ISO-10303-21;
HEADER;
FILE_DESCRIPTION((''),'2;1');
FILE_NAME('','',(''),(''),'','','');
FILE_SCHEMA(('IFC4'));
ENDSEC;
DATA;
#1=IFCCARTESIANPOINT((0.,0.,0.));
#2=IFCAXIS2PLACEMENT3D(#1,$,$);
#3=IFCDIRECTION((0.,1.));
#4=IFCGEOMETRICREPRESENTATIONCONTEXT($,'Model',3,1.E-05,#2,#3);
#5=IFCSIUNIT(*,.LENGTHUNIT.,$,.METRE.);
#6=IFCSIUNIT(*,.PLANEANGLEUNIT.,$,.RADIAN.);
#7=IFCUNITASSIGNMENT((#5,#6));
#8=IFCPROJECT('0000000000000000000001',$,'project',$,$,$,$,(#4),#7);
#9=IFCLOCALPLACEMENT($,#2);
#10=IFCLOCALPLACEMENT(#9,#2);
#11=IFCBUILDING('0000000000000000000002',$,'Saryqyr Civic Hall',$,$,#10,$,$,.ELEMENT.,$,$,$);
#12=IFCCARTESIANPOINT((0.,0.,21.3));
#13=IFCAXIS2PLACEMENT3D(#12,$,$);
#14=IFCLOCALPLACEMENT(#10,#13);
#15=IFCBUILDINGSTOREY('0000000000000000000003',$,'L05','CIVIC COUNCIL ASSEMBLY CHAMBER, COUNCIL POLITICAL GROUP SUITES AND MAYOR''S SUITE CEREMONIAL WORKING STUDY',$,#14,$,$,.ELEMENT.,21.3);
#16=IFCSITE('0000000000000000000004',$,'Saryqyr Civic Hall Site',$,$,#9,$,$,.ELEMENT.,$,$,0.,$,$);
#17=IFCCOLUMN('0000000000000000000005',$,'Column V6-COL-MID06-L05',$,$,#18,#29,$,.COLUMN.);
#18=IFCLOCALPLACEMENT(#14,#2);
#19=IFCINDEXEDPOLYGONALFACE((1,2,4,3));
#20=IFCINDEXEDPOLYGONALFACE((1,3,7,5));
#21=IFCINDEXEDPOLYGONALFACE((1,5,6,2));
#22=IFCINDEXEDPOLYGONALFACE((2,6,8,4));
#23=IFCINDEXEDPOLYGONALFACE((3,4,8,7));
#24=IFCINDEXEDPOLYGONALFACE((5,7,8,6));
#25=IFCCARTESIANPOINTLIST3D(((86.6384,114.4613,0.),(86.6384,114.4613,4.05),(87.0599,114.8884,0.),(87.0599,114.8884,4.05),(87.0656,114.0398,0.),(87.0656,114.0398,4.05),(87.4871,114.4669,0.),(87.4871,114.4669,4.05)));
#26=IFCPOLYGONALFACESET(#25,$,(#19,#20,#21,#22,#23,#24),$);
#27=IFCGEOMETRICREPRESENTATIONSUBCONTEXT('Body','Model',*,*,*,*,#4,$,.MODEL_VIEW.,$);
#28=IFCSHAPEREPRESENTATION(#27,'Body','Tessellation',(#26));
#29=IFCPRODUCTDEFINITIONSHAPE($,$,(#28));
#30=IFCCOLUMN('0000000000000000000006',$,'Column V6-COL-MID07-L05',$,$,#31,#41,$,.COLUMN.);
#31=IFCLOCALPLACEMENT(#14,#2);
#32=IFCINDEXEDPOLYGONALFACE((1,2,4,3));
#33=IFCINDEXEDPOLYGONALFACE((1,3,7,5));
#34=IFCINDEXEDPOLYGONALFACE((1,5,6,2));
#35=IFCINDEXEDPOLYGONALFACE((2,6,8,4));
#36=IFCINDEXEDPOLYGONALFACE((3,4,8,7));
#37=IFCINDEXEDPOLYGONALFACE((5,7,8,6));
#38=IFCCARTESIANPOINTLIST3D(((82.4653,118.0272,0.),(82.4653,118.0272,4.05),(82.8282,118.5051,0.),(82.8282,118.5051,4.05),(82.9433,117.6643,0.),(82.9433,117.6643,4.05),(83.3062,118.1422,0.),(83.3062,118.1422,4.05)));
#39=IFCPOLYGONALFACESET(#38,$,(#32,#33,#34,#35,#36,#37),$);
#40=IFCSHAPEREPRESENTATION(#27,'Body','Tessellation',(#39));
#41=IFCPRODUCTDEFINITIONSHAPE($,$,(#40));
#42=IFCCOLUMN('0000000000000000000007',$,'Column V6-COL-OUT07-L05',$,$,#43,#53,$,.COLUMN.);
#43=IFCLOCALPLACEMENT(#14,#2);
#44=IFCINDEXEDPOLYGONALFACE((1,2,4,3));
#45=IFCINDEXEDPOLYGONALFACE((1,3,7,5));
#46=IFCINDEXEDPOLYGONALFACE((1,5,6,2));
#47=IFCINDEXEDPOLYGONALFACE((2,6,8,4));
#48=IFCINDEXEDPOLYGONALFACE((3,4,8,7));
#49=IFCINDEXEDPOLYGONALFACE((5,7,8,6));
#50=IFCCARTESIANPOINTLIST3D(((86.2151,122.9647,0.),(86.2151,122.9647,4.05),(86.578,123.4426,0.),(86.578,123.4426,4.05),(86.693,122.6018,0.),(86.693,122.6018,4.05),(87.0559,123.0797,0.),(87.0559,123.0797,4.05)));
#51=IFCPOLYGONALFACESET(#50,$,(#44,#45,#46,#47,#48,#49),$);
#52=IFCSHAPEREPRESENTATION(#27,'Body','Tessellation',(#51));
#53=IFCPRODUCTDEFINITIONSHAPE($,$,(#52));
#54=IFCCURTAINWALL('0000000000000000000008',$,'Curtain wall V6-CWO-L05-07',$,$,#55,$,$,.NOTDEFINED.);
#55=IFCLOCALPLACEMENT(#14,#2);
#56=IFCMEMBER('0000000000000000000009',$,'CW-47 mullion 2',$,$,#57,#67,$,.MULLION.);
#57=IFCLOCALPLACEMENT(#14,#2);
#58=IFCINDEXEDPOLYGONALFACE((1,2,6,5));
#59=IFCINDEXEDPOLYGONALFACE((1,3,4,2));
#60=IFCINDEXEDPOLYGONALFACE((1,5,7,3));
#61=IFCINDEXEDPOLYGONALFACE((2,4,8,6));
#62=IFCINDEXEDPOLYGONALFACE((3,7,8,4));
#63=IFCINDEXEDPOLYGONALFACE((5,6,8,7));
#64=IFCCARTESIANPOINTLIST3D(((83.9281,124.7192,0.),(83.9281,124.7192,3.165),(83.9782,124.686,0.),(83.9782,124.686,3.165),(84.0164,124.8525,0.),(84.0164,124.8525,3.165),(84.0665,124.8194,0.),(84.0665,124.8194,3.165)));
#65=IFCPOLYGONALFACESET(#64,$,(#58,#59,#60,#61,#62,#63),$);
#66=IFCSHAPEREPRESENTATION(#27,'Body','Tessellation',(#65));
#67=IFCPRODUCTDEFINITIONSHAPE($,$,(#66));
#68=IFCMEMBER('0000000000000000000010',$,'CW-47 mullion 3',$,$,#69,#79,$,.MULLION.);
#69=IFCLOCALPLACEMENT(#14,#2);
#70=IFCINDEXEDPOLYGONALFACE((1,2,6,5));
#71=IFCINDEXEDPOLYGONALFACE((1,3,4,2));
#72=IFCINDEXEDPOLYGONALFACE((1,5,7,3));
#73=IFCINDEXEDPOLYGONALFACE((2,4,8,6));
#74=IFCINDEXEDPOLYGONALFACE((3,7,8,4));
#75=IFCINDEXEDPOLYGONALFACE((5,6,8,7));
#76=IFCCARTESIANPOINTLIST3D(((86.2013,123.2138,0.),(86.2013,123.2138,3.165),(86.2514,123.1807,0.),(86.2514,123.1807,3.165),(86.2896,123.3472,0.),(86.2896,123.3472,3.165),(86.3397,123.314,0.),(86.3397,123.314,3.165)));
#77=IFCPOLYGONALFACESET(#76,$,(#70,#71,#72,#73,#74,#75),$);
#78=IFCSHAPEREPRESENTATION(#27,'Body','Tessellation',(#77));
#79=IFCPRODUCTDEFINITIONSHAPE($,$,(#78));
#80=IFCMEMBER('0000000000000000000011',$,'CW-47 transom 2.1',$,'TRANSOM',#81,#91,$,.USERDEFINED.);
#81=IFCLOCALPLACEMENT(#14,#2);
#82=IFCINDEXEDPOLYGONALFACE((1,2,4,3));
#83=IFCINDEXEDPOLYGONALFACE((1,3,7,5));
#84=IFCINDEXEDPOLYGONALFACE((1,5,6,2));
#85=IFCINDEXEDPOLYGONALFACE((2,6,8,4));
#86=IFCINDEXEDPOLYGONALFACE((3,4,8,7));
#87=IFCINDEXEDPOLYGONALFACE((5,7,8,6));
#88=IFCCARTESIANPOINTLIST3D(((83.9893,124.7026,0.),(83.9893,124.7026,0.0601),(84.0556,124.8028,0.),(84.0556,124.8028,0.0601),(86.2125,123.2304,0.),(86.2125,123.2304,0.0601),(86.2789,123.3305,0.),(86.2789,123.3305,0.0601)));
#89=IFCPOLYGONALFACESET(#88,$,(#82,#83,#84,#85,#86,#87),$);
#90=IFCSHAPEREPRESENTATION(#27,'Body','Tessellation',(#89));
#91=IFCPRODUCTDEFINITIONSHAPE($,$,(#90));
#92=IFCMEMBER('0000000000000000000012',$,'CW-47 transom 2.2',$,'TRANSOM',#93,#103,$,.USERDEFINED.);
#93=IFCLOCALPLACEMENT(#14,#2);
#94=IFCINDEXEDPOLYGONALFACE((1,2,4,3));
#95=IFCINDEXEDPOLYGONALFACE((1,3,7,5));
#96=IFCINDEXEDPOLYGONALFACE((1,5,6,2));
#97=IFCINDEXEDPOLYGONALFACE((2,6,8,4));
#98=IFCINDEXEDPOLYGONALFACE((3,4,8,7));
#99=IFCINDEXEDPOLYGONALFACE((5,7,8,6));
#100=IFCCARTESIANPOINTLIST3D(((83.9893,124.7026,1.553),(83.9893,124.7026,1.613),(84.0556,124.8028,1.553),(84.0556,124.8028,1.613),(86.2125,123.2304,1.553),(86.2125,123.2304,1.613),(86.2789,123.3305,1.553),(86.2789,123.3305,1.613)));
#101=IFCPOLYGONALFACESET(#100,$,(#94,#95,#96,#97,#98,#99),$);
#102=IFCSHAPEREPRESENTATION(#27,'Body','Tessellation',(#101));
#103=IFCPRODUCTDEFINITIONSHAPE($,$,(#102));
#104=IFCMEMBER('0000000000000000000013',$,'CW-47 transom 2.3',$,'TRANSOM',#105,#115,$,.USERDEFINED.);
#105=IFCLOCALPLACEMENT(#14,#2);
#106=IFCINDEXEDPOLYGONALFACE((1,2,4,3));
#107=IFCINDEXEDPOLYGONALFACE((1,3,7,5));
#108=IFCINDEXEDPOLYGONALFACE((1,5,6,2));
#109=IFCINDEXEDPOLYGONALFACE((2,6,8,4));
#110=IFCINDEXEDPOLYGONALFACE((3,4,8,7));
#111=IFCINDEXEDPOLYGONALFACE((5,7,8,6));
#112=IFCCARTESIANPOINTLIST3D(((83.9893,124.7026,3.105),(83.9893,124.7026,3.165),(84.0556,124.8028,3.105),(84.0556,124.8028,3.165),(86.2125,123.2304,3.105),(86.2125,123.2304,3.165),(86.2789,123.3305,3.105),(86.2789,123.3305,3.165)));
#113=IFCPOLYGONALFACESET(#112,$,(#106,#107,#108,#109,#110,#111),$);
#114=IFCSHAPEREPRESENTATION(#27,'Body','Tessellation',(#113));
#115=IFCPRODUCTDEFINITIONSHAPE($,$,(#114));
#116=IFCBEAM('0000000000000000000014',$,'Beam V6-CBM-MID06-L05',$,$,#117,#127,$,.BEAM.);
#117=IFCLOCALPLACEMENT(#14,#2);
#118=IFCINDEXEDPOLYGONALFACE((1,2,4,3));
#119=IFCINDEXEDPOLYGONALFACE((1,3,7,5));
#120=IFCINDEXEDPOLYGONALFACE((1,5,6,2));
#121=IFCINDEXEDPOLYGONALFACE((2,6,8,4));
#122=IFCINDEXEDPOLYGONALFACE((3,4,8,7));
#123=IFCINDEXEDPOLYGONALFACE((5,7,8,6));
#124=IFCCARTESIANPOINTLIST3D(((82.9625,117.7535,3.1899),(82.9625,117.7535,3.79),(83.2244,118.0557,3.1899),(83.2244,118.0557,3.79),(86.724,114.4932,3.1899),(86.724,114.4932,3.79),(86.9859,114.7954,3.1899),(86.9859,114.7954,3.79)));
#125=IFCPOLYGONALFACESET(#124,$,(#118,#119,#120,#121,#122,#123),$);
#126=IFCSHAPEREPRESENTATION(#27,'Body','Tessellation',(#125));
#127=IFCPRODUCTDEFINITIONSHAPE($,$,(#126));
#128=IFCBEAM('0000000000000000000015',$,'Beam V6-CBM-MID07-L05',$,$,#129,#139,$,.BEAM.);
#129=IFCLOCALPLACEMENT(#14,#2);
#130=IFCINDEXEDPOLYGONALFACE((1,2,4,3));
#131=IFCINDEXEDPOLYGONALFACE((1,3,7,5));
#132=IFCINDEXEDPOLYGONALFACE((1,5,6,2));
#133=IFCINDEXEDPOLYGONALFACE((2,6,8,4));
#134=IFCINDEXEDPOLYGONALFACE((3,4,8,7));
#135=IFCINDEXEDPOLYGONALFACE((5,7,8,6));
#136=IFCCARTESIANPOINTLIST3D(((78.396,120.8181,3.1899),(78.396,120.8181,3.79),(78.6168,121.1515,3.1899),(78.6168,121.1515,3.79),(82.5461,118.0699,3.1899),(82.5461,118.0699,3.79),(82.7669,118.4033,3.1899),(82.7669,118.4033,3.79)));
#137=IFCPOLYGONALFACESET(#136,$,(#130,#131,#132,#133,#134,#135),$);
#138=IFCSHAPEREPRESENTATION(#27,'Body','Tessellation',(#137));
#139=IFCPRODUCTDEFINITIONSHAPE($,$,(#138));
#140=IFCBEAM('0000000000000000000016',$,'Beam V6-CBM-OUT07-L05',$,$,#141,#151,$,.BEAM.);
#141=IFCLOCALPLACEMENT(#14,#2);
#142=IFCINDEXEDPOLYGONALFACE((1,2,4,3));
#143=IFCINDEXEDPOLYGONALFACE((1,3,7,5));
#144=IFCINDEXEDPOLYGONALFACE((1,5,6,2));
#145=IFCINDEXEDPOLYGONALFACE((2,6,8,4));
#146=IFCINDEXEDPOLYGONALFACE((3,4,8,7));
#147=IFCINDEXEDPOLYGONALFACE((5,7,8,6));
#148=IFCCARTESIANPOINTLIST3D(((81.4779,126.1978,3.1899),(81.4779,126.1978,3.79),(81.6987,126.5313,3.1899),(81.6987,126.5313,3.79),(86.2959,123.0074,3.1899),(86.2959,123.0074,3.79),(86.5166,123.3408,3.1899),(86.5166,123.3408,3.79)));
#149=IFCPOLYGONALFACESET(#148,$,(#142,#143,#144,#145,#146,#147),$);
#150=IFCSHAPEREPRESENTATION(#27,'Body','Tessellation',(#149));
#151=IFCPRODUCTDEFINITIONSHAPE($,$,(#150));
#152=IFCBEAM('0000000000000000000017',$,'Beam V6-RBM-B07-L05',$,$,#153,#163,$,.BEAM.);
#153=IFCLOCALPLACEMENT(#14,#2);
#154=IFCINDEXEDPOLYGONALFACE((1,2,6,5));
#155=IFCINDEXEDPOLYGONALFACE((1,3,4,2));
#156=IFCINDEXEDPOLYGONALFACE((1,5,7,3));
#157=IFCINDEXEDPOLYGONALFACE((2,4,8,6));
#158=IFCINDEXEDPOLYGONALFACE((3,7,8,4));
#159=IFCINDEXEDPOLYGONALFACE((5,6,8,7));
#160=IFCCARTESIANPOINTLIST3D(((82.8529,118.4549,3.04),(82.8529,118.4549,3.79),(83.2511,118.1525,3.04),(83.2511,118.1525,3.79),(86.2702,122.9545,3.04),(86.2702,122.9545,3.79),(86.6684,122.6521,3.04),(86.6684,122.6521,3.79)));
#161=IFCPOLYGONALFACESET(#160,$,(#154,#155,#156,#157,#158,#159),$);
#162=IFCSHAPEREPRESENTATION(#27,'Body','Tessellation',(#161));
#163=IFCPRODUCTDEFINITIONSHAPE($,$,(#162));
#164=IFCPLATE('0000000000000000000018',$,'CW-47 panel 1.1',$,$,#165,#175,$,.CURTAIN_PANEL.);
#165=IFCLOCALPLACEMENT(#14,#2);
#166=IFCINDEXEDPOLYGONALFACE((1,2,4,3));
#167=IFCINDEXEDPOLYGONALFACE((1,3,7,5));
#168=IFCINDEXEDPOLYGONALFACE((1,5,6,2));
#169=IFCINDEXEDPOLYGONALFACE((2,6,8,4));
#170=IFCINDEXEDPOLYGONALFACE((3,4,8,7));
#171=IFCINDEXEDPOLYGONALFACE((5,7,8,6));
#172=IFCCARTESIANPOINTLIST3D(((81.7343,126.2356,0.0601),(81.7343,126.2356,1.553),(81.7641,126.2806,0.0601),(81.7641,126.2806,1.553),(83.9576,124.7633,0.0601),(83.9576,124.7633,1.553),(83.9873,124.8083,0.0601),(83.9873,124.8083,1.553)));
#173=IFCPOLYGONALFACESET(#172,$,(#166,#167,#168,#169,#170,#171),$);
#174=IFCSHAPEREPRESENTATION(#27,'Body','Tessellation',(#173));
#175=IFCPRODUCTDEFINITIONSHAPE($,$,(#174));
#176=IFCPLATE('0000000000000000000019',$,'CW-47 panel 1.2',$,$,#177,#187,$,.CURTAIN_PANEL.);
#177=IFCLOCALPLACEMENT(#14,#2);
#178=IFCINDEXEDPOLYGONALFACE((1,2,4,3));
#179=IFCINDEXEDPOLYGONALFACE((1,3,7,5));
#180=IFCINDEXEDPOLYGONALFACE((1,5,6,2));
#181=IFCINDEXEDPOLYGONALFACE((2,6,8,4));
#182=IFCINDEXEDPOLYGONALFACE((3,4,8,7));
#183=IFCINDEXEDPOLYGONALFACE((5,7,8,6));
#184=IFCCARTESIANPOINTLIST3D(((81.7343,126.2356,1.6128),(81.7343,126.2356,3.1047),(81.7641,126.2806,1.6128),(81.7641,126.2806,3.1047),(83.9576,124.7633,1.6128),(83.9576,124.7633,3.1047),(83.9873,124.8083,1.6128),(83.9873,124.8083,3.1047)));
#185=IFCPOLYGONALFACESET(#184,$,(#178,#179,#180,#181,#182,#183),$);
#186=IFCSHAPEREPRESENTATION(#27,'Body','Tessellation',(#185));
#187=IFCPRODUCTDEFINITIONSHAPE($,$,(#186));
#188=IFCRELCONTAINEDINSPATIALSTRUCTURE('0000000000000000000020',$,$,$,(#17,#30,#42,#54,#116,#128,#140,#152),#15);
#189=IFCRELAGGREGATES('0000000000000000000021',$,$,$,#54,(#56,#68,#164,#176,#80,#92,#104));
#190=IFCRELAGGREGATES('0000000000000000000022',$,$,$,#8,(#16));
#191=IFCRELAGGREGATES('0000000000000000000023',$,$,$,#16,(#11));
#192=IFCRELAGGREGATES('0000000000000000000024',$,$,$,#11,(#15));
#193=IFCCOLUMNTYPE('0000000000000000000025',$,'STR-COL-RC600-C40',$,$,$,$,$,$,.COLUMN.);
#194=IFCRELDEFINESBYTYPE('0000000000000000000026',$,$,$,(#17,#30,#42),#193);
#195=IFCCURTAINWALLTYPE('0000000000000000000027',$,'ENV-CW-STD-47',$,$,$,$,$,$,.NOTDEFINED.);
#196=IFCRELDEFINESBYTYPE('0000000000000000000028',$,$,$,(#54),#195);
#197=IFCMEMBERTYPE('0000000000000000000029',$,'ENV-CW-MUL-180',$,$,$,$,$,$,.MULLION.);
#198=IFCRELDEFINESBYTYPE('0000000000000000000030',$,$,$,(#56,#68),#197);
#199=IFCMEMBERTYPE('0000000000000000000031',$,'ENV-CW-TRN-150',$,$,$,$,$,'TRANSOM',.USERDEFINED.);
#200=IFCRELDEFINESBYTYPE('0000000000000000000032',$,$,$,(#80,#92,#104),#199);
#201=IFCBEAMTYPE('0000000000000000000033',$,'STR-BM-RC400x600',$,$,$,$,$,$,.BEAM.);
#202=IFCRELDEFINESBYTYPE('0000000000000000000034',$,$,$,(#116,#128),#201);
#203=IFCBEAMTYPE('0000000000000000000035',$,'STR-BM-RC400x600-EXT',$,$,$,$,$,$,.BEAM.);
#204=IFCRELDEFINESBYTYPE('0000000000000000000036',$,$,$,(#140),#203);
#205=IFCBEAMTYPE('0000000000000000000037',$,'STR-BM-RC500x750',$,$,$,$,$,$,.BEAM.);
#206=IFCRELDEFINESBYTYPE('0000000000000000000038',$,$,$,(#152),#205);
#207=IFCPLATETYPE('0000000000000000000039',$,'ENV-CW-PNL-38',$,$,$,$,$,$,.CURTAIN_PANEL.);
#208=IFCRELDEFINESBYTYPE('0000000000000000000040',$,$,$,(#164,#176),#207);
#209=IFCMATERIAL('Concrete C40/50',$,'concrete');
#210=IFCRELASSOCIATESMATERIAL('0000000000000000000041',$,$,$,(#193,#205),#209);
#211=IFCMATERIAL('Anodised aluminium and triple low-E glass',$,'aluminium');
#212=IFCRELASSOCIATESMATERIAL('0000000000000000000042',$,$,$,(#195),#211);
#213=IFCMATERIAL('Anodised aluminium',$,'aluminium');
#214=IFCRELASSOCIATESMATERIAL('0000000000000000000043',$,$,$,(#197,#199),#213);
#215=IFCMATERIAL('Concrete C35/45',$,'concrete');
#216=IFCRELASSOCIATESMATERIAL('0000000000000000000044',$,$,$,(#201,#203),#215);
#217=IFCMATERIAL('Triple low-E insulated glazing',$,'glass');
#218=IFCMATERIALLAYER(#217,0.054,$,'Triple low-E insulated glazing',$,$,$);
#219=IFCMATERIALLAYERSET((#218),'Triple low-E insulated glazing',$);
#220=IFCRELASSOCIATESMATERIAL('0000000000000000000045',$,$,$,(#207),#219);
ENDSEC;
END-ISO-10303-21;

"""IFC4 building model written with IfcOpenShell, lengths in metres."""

from ifc_helpers import new_model, si_unit, direction, frame, origin, origin_2d, place, context, subcontext, project, spatial, rectangle, extrude, material, layer, layer_set, material_profile, profile_set, type_object, element, aggregate, save


model = new_model("IFC4")

# Units and contexts
model_context = context("Model", 3, precision=1e-05, world=origin(), true_north=direction((0.0, 1.0)))
body_context = subcontext(model_context, "Body", "Model", "MODEL_VIEW")
ifc_project = project(units=[si_unit("LENGTHUNIT", "METRE"), si_unit("PLANEANGLEUNIT", "RADIAN")], contexts=[model_context])

# Site, building, storey
site_placement = place(None, origin())
site = spatial("IfcSite", under=ifc_project, at=site_placement, Name="Saryqyr Civic Hall Site", CompositionType="ELEMENT", RefElevation=0.0)
building_placement = place(site_placement, origin())
building = spatial("IfcBuilding", under=site, at=building_placement, Name="Saryqyr Civic Hall", CompositionType="ELEMENT")
storey_placement = place(building_placement, frame((0.0, 0.0, 21.3)))
storey = spatial("IfcBuildingStorey", under=building, at=storey_placement, Name="L05", Description="CIVIC COUNCIL ASSEMBLY CHAMBER, COUNCIL POLITICAL GROUP SUITES AND MAYOR'S SUITE CEREMONIAL WORKING STUDY", CompositionType="ELEMENT", Elevation=21.3)

# Columns
ifc_material_1 = material(Name="Concrete C40/50", Category="concrete")
ifc_material_profile_1 = material_profile(ifc_material_1, rectangle(XDim=0.6001, YDim=0.6001, at=origin_2d()), Name="RC 600x600")
ifc_profile_set_1 = profile_set([ifc_material_profile_1], Name="Concrete C40/50")
column_type = type_object("IfcColumnType", Name="STR-COL-RC600-C40", PredefinedType="COLUMN", material=ifc_profile_set_1)
for number, where, z_axis, x_axis, name in (
    (1, (87.0627, 114.4641, 0.0), (0.0, 0.0, 1.0), (0.702402, 0.711781, 0.0), "Column V6-COL-MID06-L05"),
    (2, (82.8857, 118.0847, 0.0), (0.0, 0.0, 1.0), (0.604738, 0.796424, 0.0), "Column V6-COL-MID07-L05"),
    (3, (86.6355, 123.0222, 0.0), (0.0, 0.0, 1.0), (0.604738, 0.796424, 0.0), "Column V6-COL-OUT07-L05"),
):
    element("IfcColumn", number, at=place(storey_placement, frame(where, z_axis=z_axis, x_axis=x_axis)), inside=storey, type_object=column_type, Name=name, PredefinedType="COLUMN", context=body_context, shape_type="SweptSolid", body=[
        extrude(rectangle(XDim=0.6001, YDim=0.6001, at=origin_2d()), origin(), (0.0, 0.0, 1.0), 4.05),
    ])

# Curtain wall, members
ifc_material_2 = material(Name="Anodised aluminium and triple low-E glass", Category="aluminium")
curtain_wall_type = type_object("IfcCurtainWallType", Name="ENV-CW-STD-47", PredefinedType="NOTDEFINED", material=ifc_material_2)
curtain_wall_placement = place(storey_placement, origin())
curtain_wall = element("IfcCurtainWall", 4, at=curtain_wall_placement, inside=storey, type_object=curtain_wall_type, Name="Curtain wall V6-CWO-L05-07", PredefinedType="NOTDEFINED")
ifc_material_3 = material(Name="Anodised aluminium", Category="aluminium")
ifc_material_profile_2 = material_profile(ifc_material_3, rectangle(XDim=0.0601, YDim=0.1599, at=origin_2d()), Name="ALU MULLION 60x160")
ifc_profile_set_2 = profile_set([ifc_material_profile_2], Name="Anodised aluminium")
member_type_1 = type_object("IfcMemberType", Name="ENV-CW-MUL-180", PredefinedType="MULLION", material=ifc_profile_set_2)
member_1_placement = place(storey_placement, frame((83.9973, 124.7693, 0.0), z_axis=(0.0, 0.0, 1.0), x_axis=(0.833757, -0.552132, 0.0)))
member_1 = element("IfcMember", 5, at=member_1_placement, type_object=member_type_1, Name="CW-47 mullion 2", PredefinedType="MULLION", context=body_context, shape_type="SweptSolid", body=[
    extrude(rectangle(XDim=0.0601, YDim=0.1599, at=origin_2d()), origin(), (0.0, 0.0, 1.0), 3.165),
])
member_2_placement = place(storey_placement, frame((86.2705, 123.2639, 0.0), z_axis=(0.0, 0.0, 1.0), x_axis=(0.833757, -0.552132, 0.0)))
member_2 = element("IfcMember", 6, at=member_2_placement, type_object=member_type_1, Name="CW-47 mullion 3", PredefinedType="MULLION", context=body_context, shape_type="SweptSolid", body=[
    extrude(rectangle(XDim=0.0601, YDim=0.1599, at=origin_2d()), origin(), (0.0, 0.0, 1.0), 3.165),
])
ifc_material_profile_3 = material_profile(ifc_material_3, rectangle(XDim=0.1201, YDim=0.0601, at=origin_2d()), Name="ALU TRANSOM 120x60")
ifc_profile_set_3 = profile_set([ifc_material_profile_3], Name="Anodised aluminium")
member_type_2 = type_object("IfcMemberType", Name="ENV-CW-TRN-150", ElementType="TRANSOM", PredefinedType="USERDEFINED", material=ifc_profile_set_3)
member_3_placement = place(storey_placement, frame((84.0225, 124.7527, 0.03), z_axis=(0.833765, -0.55212, 0.0), x_axis=(0.55212, 0.833765, 0.0)))
member_3 = element("IfcMember", 7, at=member_3_placement, type_object=member_type_2, Name="CW-47 transom 2.1", ObjectType="TRANSOM", PredefinedType="USERDEFINED", context=body_context, shape_type="SweptSolid", body=[
    extrude(rectangle(XDim=0.1201, YDim=0.0601, at=origin_2d()), origin(), (0.0, 0.0, 1.0), 2.6665),
])
member_4_placement = place(storey_placement, frame((84.0225, 124.7527, 1.583), z_axis=(0.833765, -0.55212, 0.0), x_axis=(0.55212, 0.833765, 0.0)))
member_4 = element("IfcMember", 8, at=member_4_placement, type_object=member_type_2, Name="CW-47 transom 2.2", ObjectType="TRANSOM", PredefinedType="USERDEFINED", context=body_context, shape_type="SweptSolid", body=[
    extrude(rectangle(XDim=0.1201, YDim=0.0601, at=origin_2d()), origin(), (0.0, 0.0, 1.0), 2.6665),
])
member_5_placement = place(storey_placement, frame((84.0225, 124.7527, 3.135), z_axis=(0.833765, -0.55212, 0.0), x_axis=(0.55212, 0.833765, 0.0)))
member_5 = element("IfcMember", 9, at=member_5_placement, type_object=member_type_2, Name="CW-47 transom 2.3", ObjectType="TRANSOM", PredefinedType="USERDEFINED", context=body_context, shape_type="SweptSolid", body=[
    extrude(rectangle(XDim=0.1201, YDim=0.0601, at=origin_2d()), origin(), (0.0, 0.0, 1.0), 2.6665),
])

# Beams
ifc_material_4 = material(Name="Concrete C35/45", Category="concrete")
ifc_material_profile_4 = material_profile(ifc_material_4, rectangle(XDim=0.3999, YDim=0.6001, at=origin_2d()), Name="RC 400x600")
ifc_profile_set_4 = profile_set([ifc_material_profile_4], Name="Concrete C35/45")
beam_type_1 = type_object("IfcBeamType", Name="STR-BM-RC400x600", PredefinedType="BEAM", material=ifc_profile_set_4)
beam_1_placement = place(storey_placement, frame((86.855, 114.6443, 3.49), z_axis=(-0.755658, 0.654966, 0.0), x_axis=(-0.654966, -0.755658, 0.0)))
element("IfcBeam", 10, at=beam_1_placement, inside=storey, type_object=beam_type_1, Name="Beam V6-CBM-MID06-L05", PredefinedType="BEAM", context=body_context, shape_type="SweptSolid", body=[
    extrude(rectangle(XDim=0.3999, YDim=0.6001, at=origin_2d()), origin(), (0.0, 0.0, 1.0), 4.9778),
])
beam_2_placement = place(storey_placement, frame((82.6565, 118.2366, 3.49), z_axis=(-0.833759, 0.552128, 0.0), x_axis=(-0.552128, -0.833759, 0.0)))
element("IfcBeam", 11, at=beam_2_placement, inside=storey, type_object=beam_type_1, Name="Beam V6-CBM-MID07-L05", PredefinedType="BEAM", context=body_context, shape_type="SweptSolid", body=[
    extrude(rectangle(XDim=0.3999, YDim=0.6001, at=origin_2d()), origin(), (0.0, 0.0, 1.0), 4.9775),
])
ifc_material_profile_5 = material_profile(ifc_material_4, rectangle(XDim=0.3999, YDim=0.6001, at=origin_2d()), Name="RC 400x600")
ifc_profile_set_5 = profile_set([ifc_material_profile_5], Name="Concrete C35/45")
beam_type_2 = type_object("IfcBeamType", Name="STR-BM-RC400x600-EXT", PredefinedType="BEAM", material=ifc_profile_set_5)
beam_3_placement = place(storey_placement, frame((86.4062, 123.1741, 3.49), z_axis=(-0.833762, 0.552124, 0.0), x_axis=(-0.552124, -0.833762, 0.0)))
element("IfcBeam", 12, at=beam_3_placement, inside=storey, type_object=beam_type_2, Name="Beam V6-CBM-OUT07-L05", PredefinedType="BEAM", context=body_context, shape_type="SweptSolid", body=[
    extrude(rectangle(XDim=0.3999, YDim=0.6001, at=origin_2d()), origin(), (0.0, 0.0, 1.0), 5.7786),
])
ifc_material_profile_6 = material_profile(ifc_material_1, rectangle(XDim=0.5, YDim=0.75, at=origin_2d()), Name="RC 500x750")
ifc_profile_set_6 = profile_set([ifc_material_profile_6], Name="Concrete C40/50")
beam_type_3 = type_object("IfcBeamType", Name="STR-BM-RC500x750", PredefinedType="BEAM", material=ifc_profile_set_6)
beam_4_placement = place(storey_placement, frame((83.052, 118.3037, 3.415), z_axis=(0.604815, 0.796366, 0.0), x_axis=(-0.796366, 0.604815, 0.0)))
element("IfcBeam", 13, at=beam_4_placement, inside=storey, type_object=beam_type_3, Name="Beam V6-RBM-B07-L05", PredefinedType="BEAM", context=body_context, shape_type="SweptSolid", body=[
    extrude(rectangle(XDim=0.5, YDim=0.75, at=origin_2d()), origin(), (0.0, 0.0, 1.0), 5.6501),
])

# Plates
ifc_material_5 = material(Name="Triple low-E insulated glazing", Category="glass")
ifc_layer_1 = layer(ifc_material_5, 0.054, Name="Triple low-E insulated glazing")
ifc_layer_set_1 = layer_set([ifc_layer_1], Name="Triple low-E insulated glazing")
plate_type = type_object("IfcPlateType", Name="ENV-CW-PNL-38", PredefinedType="CURTAIN_PANEL", material=ifc_layer_set_1)
plate_1_placement = place(storey_placement, frame((82.8608, 125.522, 0.0601), z_axis=(0.0, 0.0, 1.0), x_axis=(0.833757, -0.552132, 0.0)))
plate_1 = element("IfcPlate", 14, at=plate_1_placement, type_object=plate_type, Name="CW-47 panel 1.1", PredefinedType="CURTAIN_PANEL", context=body_context, shape_type="SweptSolid", body=[
    extrude(rectangle(XDim=2.6665, YDim=0.054, at=origin_2d()), origin(), (0.0, 0.0, 1.0), 1.4929),
])
plate_2_placement = place(storey_placement, frame((82.8608, 125.522, 1.6128), z_axis=(0.0, 0.0, 1.0), x_axis=(0.833757, -0.552132, 0.0)))
plate_2 = element("IfcPlate", 15, at=plate_2_placement, type_object=plate_type, Name="CW-47 panel 1.2", PredefinedType="CURTAIN_PANEL", context=body_context, shape_type="SweptSolid", body=[
    extrude(rectangle(XDim=2.6665, YDim=0.054, at=origin_2d()), origin(), (0.0, 0.0, 1.0), 1.4919),
])
aggregate(curtain_wall, [member_1, member_2, plate_1, plate_2, member_3, member_4, member_5])

save(model, "model.ifc")
